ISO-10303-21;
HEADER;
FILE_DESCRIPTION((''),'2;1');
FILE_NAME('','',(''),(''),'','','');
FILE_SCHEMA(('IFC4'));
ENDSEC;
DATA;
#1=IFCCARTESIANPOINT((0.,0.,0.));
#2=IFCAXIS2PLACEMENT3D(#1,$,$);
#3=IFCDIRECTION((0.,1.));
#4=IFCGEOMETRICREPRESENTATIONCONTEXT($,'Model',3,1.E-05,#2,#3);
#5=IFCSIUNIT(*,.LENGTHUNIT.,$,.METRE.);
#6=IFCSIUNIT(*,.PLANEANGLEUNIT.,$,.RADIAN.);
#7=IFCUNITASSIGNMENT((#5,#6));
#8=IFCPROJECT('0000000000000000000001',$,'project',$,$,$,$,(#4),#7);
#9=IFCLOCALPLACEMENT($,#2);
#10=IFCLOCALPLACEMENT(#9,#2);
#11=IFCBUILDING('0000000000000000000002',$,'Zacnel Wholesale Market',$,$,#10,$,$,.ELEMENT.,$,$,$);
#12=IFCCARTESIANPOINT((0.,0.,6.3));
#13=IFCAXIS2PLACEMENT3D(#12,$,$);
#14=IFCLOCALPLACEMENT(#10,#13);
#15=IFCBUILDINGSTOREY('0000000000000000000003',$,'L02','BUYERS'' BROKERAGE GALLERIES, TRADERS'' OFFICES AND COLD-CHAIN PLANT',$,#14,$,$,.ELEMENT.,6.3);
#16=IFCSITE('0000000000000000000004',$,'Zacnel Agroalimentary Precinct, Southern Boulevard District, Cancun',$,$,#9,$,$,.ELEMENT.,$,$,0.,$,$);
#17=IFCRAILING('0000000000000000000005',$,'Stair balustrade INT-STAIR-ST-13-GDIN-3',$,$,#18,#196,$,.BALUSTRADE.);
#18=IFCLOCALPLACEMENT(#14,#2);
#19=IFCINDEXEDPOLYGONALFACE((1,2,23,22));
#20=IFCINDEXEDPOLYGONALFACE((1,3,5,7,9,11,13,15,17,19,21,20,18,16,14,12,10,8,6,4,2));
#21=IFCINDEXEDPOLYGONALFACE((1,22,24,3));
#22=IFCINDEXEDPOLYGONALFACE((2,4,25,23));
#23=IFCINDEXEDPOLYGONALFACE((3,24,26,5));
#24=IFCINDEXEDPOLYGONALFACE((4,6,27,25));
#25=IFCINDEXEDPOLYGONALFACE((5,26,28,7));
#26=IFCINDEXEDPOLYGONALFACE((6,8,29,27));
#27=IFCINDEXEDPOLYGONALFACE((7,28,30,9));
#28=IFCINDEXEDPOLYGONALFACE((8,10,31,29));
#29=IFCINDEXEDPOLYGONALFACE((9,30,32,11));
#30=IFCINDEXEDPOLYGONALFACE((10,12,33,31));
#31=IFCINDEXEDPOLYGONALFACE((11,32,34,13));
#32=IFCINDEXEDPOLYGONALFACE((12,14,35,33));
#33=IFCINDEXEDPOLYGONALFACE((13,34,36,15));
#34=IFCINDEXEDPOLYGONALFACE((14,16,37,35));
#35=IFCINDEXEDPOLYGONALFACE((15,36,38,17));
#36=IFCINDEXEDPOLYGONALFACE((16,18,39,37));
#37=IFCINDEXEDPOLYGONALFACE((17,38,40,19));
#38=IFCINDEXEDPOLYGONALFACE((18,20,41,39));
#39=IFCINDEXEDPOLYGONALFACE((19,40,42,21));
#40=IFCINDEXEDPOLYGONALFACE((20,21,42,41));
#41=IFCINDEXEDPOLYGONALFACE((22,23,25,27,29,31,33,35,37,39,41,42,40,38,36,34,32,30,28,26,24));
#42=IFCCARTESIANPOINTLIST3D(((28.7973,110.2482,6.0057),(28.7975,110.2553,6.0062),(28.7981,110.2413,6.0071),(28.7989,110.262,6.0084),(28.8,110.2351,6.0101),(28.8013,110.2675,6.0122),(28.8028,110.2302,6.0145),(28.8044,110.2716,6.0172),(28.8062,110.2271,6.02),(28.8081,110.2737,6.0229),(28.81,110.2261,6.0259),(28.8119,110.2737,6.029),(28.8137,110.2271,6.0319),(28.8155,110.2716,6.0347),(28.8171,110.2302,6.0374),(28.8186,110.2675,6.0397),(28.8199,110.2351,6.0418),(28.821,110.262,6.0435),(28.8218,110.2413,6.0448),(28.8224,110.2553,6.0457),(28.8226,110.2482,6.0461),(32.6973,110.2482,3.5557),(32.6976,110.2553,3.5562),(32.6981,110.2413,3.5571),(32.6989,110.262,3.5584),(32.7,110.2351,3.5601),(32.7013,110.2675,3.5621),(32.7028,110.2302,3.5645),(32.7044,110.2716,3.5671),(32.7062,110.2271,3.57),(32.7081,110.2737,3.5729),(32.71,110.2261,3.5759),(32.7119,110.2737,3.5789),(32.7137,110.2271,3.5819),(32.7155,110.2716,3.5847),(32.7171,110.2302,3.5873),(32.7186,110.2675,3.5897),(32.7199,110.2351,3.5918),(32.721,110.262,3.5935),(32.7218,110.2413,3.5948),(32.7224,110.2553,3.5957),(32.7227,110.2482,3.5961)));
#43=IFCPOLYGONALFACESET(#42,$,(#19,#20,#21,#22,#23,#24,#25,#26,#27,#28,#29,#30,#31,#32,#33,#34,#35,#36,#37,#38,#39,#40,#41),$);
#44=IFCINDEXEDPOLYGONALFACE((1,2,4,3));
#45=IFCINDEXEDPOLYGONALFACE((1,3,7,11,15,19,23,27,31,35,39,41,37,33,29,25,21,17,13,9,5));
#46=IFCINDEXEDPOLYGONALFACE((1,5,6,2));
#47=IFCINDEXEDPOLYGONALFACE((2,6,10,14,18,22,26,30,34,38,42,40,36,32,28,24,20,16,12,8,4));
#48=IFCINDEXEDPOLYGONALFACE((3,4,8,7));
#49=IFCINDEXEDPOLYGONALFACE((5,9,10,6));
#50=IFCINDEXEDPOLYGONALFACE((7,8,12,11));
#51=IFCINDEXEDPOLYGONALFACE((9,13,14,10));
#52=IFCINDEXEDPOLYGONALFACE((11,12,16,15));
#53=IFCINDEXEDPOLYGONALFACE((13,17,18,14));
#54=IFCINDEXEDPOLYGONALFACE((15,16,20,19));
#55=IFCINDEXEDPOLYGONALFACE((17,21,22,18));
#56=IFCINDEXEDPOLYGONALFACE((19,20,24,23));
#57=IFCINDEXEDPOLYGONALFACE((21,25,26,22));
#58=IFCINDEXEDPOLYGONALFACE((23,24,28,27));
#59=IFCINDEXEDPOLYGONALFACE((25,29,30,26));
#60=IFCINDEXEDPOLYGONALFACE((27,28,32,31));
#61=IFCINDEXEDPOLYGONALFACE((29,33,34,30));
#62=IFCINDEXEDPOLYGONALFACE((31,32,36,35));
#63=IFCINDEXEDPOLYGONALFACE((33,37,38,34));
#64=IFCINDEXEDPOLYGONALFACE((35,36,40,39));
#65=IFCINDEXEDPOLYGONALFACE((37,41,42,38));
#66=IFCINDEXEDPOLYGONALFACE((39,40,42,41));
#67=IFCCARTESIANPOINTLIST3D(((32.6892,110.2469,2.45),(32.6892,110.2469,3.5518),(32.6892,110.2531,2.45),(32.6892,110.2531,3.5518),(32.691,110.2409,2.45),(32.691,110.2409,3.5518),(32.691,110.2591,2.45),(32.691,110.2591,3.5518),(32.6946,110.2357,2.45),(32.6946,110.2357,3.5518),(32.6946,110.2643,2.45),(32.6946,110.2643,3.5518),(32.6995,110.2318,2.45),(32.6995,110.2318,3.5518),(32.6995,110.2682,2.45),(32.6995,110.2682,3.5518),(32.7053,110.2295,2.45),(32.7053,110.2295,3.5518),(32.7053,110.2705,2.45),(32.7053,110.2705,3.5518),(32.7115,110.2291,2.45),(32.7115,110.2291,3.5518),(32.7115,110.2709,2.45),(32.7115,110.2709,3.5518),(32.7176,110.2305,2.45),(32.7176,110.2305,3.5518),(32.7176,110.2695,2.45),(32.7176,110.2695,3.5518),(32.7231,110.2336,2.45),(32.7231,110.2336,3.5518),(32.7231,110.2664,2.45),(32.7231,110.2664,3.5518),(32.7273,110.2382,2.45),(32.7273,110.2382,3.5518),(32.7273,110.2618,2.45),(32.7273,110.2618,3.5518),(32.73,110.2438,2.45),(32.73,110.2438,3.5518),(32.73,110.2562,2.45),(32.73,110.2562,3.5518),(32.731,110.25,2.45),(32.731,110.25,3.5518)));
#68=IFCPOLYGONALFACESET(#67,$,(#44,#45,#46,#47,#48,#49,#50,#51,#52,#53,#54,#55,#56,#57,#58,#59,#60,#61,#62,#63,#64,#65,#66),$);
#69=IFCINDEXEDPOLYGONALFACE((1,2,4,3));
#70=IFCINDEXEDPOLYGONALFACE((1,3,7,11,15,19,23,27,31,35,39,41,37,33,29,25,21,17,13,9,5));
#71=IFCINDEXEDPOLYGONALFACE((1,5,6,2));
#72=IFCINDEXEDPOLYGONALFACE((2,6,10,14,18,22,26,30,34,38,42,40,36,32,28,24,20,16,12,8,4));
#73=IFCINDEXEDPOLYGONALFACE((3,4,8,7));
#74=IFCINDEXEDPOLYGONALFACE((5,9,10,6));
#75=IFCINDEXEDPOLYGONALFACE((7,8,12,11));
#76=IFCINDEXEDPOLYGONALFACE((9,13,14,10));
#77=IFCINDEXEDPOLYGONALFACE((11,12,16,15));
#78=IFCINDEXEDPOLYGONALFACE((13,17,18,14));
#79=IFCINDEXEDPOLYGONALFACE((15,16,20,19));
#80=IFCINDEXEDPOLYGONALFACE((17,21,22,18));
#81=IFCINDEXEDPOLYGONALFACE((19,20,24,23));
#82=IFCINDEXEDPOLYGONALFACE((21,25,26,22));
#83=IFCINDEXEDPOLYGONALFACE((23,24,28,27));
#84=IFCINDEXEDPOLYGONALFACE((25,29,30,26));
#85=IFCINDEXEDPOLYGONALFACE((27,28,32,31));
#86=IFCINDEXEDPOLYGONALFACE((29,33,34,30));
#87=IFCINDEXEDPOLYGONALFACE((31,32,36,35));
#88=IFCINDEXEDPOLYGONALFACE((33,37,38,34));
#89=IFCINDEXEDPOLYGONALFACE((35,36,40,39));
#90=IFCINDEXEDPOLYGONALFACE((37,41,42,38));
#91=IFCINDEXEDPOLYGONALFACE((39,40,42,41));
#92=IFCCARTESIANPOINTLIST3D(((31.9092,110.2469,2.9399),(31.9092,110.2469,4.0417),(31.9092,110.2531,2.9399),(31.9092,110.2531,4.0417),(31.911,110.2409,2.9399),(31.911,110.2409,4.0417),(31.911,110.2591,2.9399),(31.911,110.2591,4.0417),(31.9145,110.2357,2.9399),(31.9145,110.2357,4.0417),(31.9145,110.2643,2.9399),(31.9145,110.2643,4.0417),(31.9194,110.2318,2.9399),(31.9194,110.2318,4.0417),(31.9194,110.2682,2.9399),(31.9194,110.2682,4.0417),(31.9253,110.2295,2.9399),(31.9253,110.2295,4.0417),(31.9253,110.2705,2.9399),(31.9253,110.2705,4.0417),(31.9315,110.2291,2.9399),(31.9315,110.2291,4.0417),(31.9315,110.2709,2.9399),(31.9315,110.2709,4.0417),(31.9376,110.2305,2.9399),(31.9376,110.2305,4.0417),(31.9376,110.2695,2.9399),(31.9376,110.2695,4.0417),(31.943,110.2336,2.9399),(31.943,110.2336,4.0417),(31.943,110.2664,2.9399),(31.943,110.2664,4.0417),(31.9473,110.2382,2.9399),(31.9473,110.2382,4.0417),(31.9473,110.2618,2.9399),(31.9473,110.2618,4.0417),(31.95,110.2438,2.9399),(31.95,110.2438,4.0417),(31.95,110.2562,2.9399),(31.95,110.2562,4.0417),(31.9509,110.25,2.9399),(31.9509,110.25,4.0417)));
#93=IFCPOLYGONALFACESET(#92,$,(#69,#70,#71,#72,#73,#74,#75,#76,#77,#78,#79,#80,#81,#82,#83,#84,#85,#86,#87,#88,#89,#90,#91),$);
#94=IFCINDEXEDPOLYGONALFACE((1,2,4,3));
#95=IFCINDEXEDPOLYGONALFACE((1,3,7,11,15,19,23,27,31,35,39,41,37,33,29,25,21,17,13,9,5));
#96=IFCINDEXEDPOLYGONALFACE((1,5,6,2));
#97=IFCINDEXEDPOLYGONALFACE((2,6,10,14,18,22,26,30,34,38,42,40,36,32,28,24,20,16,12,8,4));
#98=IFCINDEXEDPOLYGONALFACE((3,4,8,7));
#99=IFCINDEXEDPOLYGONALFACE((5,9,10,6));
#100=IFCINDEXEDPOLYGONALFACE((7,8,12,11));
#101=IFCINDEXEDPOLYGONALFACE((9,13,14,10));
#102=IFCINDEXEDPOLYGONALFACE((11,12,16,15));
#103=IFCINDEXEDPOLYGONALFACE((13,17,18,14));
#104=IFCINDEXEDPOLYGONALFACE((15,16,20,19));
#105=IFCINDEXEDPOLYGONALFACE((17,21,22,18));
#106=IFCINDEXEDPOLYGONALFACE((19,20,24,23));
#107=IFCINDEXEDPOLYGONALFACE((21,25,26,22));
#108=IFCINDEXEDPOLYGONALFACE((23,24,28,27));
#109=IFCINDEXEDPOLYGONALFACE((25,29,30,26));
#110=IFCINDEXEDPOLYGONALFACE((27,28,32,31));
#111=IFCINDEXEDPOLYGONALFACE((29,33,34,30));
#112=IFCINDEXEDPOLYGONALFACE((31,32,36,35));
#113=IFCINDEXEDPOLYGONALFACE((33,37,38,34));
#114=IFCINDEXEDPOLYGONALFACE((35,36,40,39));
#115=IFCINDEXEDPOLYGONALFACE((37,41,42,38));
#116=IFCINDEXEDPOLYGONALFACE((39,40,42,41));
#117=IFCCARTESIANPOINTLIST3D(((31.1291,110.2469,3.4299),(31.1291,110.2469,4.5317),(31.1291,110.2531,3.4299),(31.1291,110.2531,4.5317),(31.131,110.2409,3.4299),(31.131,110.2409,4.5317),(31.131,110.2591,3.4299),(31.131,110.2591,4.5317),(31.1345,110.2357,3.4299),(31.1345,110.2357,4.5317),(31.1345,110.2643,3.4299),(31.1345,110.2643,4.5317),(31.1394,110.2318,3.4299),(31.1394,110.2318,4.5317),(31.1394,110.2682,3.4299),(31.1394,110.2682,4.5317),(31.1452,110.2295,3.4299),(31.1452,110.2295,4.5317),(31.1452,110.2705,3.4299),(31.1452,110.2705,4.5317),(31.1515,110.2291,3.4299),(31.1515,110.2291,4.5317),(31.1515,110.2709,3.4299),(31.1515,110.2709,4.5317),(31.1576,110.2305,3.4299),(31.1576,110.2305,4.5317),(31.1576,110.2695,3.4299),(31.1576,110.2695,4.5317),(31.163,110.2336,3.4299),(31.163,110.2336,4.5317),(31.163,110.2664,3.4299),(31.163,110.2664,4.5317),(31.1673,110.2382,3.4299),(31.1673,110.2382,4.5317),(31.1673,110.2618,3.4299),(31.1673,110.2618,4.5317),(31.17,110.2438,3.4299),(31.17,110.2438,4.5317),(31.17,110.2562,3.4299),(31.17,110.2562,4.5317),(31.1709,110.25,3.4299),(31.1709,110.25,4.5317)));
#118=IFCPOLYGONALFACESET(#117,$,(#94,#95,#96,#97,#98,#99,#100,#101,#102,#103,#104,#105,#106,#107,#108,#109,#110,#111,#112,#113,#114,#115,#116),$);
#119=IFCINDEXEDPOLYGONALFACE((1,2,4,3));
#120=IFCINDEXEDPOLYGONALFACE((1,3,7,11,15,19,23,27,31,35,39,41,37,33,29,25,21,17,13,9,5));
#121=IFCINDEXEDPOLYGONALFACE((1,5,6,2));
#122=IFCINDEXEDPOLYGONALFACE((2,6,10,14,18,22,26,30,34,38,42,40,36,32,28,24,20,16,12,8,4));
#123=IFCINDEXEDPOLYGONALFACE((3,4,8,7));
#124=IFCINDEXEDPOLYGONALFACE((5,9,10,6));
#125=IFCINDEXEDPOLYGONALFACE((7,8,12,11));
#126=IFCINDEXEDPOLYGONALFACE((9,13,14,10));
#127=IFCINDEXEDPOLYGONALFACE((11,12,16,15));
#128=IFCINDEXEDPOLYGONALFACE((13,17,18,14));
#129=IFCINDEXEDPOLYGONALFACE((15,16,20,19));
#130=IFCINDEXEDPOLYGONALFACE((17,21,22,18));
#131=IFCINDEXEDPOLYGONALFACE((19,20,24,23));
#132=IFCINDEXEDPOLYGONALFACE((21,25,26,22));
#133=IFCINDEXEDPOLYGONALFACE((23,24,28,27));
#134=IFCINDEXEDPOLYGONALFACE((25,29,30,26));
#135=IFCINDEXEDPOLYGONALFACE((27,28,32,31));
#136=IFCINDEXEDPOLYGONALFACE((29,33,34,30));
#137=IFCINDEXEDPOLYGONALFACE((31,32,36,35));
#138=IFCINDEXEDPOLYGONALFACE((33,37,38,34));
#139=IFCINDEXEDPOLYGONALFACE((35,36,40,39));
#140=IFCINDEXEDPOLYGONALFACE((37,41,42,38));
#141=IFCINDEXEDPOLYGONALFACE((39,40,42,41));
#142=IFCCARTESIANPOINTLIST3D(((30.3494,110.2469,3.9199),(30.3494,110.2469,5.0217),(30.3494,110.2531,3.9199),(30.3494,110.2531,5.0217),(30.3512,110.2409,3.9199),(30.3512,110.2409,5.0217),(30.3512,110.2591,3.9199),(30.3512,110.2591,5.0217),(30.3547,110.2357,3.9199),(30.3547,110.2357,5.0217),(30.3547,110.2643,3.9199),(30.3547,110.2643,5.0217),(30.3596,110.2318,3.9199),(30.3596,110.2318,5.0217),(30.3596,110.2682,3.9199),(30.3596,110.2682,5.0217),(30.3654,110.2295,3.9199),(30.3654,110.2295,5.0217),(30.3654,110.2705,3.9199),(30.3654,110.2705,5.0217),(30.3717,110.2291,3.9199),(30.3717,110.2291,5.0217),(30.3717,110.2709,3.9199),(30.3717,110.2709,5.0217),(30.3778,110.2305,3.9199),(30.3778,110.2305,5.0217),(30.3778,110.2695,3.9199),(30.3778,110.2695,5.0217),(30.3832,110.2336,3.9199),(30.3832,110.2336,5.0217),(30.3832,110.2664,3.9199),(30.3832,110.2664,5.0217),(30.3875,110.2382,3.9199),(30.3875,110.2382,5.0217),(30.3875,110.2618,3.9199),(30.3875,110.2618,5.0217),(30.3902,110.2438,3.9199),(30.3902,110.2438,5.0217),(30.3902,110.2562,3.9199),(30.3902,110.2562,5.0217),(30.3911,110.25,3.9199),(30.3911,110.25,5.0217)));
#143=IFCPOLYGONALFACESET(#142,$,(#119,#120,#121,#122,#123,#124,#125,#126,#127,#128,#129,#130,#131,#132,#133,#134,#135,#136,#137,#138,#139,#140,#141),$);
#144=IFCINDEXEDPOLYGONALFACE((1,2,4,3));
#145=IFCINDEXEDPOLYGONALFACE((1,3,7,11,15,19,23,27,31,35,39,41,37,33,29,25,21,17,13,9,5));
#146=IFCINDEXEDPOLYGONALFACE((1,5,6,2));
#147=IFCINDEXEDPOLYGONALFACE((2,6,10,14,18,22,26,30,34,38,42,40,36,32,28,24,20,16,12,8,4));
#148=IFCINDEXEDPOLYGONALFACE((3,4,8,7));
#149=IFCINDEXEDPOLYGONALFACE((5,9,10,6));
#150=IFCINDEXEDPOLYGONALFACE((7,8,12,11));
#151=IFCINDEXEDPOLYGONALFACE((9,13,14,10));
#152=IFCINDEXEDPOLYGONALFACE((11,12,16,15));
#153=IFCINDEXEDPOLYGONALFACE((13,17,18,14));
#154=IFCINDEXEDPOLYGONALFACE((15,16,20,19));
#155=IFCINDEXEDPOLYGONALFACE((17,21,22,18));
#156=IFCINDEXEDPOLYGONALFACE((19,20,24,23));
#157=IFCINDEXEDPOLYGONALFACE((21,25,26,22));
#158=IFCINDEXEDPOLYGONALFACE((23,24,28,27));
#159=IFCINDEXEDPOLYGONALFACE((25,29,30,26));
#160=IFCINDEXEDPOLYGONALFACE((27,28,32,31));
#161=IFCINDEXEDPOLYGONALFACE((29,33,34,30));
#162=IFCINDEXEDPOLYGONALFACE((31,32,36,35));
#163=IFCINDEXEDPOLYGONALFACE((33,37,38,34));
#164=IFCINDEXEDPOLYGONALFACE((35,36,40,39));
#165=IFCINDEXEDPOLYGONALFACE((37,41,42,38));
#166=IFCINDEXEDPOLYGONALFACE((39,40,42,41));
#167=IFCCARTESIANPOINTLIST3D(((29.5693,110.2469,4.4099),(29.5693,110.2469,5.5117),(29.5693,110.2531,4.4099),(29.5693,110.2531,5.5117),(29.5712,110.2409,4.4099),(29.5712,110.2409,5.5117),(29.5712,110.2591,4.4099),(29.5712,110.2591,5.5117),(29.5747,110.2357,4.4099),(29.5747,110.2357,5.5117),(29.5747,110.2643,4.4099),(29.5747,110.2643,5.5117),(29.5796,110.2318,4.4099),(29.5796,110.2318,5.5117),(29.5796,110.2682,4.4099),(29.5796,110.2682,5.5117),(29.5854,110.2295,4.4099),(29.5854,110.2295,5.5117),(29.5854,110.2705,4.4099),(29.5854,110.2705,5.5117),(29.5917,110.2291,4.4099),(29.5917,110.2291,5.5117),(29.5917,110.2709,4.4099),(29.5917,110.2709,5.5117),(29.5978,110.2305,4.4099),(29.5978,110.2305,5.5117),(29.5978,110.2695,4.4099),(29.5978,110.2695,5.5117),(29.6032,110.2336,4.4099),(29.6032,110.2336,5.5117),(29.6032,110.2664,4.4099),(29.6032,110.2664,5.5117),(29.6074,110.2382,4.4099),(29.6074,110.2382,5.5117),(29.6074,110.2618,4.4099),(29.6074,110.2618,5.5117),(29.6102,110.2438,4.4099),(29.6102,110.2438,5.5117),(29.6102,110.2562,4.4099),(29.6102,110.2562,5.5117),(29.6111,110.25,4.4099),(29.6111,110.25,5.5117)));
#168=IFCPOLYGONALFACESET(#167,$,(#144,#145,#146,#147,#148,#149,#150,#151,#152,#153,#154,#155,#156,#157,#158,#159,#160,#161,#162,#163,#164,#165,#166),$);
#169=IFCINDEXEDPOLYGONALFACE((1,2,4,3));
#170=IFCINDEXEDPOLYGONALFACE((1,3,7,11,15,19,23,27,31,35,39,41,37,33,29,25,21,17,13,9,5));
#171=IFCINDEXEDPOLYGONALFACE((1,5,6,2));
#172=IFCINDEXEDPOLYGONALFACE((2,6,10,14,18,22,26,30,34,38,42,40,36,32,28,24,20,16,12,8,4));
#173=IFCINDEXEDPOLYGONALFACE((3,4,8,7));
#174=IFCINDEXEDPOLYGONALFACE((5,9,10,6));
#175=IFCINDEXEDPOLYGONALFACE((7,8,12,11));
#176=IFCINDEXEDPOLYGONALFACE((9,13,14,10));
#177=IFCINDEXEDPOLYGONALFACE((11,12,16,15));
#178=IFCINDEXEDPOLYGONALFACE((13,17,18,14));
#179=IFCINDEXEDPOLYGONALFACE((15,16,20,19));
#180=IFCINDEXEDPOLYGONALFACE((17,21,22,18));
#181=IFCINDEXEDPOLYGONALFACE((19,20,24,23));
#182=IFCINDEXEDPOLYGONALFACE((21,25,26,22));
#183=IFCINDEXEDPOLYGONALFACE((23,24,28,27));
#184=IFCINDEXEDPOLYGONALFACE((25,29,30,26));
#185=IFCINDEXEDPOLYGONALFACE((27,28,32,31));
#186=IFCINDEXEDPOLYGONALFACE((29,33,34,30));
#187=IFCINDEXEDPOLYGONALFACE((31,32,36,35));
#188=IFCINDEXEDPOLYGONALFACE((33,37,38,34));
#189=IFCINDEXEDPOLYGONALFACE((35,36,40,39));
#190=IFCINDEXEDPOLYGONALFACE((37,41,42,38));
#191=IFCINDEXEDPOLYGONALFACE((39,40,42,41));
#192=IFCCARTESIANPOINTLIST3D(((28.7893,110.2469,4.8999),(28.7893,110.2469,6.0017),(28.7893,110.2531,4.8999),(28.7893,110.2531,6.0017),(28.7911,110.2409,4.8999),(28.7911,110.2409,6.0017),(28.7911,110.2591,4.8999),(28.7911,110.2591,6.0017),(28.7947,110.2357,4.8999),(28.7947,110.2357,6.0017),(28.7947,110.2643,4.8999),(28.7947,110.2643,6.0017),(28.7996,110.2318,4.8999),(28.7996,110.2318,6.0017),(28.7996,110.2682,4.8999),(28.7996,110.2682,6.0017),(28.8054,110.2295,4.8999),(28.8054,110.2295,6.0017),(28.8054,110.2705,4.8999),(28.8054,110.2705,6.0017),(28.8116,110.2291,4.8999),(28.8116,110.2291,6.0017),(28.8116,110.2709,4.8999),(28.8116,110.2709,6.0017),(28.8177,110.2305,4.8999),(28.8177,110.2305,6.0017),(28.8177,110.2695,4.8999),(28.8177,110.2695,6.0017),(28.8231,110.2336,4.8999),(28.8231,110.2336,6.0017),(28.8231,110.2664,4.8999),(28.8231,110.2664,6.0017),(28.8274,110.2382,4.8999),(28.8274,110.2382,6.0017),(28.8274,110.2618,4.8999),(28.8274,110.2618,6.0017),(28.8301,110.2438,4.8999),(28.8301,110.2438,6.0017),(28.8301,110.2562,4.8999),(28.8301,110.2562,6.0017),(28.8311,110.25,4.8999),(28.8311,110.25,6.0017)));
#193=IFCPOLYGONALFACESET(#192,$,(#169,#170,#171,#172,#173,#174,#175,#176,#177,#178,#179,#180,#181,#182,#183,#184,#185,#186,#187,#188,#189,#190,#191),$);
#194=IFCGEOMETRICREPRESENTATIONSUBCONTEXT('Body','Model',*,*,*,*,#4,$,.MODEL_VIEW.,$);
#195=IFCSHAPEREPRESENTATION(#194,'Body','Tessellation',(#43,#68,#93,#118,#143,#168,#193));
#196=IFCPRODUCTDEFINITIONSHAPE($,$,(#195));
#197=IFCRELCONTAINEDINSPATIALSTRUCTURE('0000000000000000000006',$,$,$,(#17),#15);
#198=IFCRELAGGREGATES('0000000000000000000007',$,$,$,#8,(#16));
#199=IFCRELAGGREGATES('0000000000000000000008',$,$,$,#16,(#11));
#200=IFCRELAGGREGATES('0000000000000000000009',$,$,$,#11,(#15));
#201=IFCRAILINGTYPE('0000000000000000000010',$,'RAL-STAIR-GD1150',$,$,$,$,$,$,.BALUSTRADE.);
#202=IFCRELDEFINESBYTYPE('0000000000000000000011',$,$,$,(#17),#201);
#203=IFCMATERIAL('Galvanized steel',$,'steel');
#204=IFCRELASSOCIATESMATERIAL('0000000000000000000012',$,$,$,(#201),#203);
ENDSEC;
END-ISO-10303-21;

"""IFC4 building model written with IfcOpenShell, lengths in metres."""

from ifc_helpers import new_model, si_unit, direction, frame, origin, origin_2d, place, context, subcontext, project, spatial, circle, extrude, material, type_object, element, save


model = new_model("IFC4")

# Units and contexts
model_context = context("Model", 3, precision=1e-05, world=origin(), true_north=direction((0.0, 1.0)))
body_context = subcontext(model_context, "Body", "Model", "MODEL_VIEW")
ifc_project = project(units=[si_unit("LENGTHUNIT", "METRE"), si_unit("PLANEANGLEUNIT", "RADIAN")], contexts=[model_context])

# Site, building, storey
site_placement = place(None, origin())
site = spatial("IfcSite", under=ifc_project, at=site_placement, Name="Zacnel Agroalimentary Precinct, Southern Boulevard District, Cancun", CompositionType="ELEMENT", RefElevation=0.0)
building_placement = place(site_placement, origin())
building = spatial("IfcBuilding", under=site, at=building_placement, Name="Zacnel Wholesale Market", CompositionType="ELEMENT")
storey_placement = place(building_placement, frame((0.0, 0.0, 6.3)))
storey = spatial("IfcBuildingStorey", under=building, at=storey_placement, Name="L02", Description="BUYERS' BROKERAGE GALLERIES, TRADERS' OFFICES AND COLD-CHAIN PLANT", CompositionType="ELEMENT", Elevation=6.3)

# Railing
ifc_material_1 = material(Name="Galvanized steel", Category="steel")
railing_type = type_object("IfcRailingType", Name="RAL-STAIR-GD1150", PredefinedType="BALUSTRADE", material=ifc_material_1)
railing_1_placement = place(storey_placement, frame((32.71, 110.25, 2.45)))
element("IfcRailing", 1, at=railing_1_placement, inside=storey, type_object=railing_type, Name="Stair balustrade INT-STAIR-ST-13-GDIN-3", PredefinedType="BALUSTRADE", context=body_context, shape_type="SweptSolid", body=[
    extrude(circle(Radius=0.0239, at=origin_2d()), frame((0.0, 0.0, 1.126), z_axis=(-0.846775, 0.0, 0.531951), x_axis=(0.0, -1.0, 0.0)), (0.0, 0.0, 1.0), 4.6057),
    extrude(circle(Radius=0.021, at=origin_2d()), origin(), (0.0, 0.0, 1.0), 1.1018),
    extrude(circle(Radius=0.021, at=origin_2d()), frame((-0.78, 0.0, 0.49)), (0.0, 0.0, 1.0), 1.1018),
    extrude(circle(Radius=0.021, at=origin_2d()), frame((-1.5601, 0.0, 0.98)), (0.0, 0.0, 1.0), 1.1018),
    extrude(circle(Radius=0.021, at=origin_2d()), frame((-2.3398, 0.0, 1.47)), (0.0, 0.0, 1.0), 1.1018),
    extrude(circle(Radius=0.021, at=origin_2d()), frame((-3.1199, 0.0, 1.96)), (0.0, 0.0, 1.0), 1.1018),
    extrude(circle(Radius=0.021, at=origin_2d()), frame((-3.8999, 0.0, 2.45)), (0.0, 0.0, 1.0), 1.1018),
])

save(model, "model.ifc")
